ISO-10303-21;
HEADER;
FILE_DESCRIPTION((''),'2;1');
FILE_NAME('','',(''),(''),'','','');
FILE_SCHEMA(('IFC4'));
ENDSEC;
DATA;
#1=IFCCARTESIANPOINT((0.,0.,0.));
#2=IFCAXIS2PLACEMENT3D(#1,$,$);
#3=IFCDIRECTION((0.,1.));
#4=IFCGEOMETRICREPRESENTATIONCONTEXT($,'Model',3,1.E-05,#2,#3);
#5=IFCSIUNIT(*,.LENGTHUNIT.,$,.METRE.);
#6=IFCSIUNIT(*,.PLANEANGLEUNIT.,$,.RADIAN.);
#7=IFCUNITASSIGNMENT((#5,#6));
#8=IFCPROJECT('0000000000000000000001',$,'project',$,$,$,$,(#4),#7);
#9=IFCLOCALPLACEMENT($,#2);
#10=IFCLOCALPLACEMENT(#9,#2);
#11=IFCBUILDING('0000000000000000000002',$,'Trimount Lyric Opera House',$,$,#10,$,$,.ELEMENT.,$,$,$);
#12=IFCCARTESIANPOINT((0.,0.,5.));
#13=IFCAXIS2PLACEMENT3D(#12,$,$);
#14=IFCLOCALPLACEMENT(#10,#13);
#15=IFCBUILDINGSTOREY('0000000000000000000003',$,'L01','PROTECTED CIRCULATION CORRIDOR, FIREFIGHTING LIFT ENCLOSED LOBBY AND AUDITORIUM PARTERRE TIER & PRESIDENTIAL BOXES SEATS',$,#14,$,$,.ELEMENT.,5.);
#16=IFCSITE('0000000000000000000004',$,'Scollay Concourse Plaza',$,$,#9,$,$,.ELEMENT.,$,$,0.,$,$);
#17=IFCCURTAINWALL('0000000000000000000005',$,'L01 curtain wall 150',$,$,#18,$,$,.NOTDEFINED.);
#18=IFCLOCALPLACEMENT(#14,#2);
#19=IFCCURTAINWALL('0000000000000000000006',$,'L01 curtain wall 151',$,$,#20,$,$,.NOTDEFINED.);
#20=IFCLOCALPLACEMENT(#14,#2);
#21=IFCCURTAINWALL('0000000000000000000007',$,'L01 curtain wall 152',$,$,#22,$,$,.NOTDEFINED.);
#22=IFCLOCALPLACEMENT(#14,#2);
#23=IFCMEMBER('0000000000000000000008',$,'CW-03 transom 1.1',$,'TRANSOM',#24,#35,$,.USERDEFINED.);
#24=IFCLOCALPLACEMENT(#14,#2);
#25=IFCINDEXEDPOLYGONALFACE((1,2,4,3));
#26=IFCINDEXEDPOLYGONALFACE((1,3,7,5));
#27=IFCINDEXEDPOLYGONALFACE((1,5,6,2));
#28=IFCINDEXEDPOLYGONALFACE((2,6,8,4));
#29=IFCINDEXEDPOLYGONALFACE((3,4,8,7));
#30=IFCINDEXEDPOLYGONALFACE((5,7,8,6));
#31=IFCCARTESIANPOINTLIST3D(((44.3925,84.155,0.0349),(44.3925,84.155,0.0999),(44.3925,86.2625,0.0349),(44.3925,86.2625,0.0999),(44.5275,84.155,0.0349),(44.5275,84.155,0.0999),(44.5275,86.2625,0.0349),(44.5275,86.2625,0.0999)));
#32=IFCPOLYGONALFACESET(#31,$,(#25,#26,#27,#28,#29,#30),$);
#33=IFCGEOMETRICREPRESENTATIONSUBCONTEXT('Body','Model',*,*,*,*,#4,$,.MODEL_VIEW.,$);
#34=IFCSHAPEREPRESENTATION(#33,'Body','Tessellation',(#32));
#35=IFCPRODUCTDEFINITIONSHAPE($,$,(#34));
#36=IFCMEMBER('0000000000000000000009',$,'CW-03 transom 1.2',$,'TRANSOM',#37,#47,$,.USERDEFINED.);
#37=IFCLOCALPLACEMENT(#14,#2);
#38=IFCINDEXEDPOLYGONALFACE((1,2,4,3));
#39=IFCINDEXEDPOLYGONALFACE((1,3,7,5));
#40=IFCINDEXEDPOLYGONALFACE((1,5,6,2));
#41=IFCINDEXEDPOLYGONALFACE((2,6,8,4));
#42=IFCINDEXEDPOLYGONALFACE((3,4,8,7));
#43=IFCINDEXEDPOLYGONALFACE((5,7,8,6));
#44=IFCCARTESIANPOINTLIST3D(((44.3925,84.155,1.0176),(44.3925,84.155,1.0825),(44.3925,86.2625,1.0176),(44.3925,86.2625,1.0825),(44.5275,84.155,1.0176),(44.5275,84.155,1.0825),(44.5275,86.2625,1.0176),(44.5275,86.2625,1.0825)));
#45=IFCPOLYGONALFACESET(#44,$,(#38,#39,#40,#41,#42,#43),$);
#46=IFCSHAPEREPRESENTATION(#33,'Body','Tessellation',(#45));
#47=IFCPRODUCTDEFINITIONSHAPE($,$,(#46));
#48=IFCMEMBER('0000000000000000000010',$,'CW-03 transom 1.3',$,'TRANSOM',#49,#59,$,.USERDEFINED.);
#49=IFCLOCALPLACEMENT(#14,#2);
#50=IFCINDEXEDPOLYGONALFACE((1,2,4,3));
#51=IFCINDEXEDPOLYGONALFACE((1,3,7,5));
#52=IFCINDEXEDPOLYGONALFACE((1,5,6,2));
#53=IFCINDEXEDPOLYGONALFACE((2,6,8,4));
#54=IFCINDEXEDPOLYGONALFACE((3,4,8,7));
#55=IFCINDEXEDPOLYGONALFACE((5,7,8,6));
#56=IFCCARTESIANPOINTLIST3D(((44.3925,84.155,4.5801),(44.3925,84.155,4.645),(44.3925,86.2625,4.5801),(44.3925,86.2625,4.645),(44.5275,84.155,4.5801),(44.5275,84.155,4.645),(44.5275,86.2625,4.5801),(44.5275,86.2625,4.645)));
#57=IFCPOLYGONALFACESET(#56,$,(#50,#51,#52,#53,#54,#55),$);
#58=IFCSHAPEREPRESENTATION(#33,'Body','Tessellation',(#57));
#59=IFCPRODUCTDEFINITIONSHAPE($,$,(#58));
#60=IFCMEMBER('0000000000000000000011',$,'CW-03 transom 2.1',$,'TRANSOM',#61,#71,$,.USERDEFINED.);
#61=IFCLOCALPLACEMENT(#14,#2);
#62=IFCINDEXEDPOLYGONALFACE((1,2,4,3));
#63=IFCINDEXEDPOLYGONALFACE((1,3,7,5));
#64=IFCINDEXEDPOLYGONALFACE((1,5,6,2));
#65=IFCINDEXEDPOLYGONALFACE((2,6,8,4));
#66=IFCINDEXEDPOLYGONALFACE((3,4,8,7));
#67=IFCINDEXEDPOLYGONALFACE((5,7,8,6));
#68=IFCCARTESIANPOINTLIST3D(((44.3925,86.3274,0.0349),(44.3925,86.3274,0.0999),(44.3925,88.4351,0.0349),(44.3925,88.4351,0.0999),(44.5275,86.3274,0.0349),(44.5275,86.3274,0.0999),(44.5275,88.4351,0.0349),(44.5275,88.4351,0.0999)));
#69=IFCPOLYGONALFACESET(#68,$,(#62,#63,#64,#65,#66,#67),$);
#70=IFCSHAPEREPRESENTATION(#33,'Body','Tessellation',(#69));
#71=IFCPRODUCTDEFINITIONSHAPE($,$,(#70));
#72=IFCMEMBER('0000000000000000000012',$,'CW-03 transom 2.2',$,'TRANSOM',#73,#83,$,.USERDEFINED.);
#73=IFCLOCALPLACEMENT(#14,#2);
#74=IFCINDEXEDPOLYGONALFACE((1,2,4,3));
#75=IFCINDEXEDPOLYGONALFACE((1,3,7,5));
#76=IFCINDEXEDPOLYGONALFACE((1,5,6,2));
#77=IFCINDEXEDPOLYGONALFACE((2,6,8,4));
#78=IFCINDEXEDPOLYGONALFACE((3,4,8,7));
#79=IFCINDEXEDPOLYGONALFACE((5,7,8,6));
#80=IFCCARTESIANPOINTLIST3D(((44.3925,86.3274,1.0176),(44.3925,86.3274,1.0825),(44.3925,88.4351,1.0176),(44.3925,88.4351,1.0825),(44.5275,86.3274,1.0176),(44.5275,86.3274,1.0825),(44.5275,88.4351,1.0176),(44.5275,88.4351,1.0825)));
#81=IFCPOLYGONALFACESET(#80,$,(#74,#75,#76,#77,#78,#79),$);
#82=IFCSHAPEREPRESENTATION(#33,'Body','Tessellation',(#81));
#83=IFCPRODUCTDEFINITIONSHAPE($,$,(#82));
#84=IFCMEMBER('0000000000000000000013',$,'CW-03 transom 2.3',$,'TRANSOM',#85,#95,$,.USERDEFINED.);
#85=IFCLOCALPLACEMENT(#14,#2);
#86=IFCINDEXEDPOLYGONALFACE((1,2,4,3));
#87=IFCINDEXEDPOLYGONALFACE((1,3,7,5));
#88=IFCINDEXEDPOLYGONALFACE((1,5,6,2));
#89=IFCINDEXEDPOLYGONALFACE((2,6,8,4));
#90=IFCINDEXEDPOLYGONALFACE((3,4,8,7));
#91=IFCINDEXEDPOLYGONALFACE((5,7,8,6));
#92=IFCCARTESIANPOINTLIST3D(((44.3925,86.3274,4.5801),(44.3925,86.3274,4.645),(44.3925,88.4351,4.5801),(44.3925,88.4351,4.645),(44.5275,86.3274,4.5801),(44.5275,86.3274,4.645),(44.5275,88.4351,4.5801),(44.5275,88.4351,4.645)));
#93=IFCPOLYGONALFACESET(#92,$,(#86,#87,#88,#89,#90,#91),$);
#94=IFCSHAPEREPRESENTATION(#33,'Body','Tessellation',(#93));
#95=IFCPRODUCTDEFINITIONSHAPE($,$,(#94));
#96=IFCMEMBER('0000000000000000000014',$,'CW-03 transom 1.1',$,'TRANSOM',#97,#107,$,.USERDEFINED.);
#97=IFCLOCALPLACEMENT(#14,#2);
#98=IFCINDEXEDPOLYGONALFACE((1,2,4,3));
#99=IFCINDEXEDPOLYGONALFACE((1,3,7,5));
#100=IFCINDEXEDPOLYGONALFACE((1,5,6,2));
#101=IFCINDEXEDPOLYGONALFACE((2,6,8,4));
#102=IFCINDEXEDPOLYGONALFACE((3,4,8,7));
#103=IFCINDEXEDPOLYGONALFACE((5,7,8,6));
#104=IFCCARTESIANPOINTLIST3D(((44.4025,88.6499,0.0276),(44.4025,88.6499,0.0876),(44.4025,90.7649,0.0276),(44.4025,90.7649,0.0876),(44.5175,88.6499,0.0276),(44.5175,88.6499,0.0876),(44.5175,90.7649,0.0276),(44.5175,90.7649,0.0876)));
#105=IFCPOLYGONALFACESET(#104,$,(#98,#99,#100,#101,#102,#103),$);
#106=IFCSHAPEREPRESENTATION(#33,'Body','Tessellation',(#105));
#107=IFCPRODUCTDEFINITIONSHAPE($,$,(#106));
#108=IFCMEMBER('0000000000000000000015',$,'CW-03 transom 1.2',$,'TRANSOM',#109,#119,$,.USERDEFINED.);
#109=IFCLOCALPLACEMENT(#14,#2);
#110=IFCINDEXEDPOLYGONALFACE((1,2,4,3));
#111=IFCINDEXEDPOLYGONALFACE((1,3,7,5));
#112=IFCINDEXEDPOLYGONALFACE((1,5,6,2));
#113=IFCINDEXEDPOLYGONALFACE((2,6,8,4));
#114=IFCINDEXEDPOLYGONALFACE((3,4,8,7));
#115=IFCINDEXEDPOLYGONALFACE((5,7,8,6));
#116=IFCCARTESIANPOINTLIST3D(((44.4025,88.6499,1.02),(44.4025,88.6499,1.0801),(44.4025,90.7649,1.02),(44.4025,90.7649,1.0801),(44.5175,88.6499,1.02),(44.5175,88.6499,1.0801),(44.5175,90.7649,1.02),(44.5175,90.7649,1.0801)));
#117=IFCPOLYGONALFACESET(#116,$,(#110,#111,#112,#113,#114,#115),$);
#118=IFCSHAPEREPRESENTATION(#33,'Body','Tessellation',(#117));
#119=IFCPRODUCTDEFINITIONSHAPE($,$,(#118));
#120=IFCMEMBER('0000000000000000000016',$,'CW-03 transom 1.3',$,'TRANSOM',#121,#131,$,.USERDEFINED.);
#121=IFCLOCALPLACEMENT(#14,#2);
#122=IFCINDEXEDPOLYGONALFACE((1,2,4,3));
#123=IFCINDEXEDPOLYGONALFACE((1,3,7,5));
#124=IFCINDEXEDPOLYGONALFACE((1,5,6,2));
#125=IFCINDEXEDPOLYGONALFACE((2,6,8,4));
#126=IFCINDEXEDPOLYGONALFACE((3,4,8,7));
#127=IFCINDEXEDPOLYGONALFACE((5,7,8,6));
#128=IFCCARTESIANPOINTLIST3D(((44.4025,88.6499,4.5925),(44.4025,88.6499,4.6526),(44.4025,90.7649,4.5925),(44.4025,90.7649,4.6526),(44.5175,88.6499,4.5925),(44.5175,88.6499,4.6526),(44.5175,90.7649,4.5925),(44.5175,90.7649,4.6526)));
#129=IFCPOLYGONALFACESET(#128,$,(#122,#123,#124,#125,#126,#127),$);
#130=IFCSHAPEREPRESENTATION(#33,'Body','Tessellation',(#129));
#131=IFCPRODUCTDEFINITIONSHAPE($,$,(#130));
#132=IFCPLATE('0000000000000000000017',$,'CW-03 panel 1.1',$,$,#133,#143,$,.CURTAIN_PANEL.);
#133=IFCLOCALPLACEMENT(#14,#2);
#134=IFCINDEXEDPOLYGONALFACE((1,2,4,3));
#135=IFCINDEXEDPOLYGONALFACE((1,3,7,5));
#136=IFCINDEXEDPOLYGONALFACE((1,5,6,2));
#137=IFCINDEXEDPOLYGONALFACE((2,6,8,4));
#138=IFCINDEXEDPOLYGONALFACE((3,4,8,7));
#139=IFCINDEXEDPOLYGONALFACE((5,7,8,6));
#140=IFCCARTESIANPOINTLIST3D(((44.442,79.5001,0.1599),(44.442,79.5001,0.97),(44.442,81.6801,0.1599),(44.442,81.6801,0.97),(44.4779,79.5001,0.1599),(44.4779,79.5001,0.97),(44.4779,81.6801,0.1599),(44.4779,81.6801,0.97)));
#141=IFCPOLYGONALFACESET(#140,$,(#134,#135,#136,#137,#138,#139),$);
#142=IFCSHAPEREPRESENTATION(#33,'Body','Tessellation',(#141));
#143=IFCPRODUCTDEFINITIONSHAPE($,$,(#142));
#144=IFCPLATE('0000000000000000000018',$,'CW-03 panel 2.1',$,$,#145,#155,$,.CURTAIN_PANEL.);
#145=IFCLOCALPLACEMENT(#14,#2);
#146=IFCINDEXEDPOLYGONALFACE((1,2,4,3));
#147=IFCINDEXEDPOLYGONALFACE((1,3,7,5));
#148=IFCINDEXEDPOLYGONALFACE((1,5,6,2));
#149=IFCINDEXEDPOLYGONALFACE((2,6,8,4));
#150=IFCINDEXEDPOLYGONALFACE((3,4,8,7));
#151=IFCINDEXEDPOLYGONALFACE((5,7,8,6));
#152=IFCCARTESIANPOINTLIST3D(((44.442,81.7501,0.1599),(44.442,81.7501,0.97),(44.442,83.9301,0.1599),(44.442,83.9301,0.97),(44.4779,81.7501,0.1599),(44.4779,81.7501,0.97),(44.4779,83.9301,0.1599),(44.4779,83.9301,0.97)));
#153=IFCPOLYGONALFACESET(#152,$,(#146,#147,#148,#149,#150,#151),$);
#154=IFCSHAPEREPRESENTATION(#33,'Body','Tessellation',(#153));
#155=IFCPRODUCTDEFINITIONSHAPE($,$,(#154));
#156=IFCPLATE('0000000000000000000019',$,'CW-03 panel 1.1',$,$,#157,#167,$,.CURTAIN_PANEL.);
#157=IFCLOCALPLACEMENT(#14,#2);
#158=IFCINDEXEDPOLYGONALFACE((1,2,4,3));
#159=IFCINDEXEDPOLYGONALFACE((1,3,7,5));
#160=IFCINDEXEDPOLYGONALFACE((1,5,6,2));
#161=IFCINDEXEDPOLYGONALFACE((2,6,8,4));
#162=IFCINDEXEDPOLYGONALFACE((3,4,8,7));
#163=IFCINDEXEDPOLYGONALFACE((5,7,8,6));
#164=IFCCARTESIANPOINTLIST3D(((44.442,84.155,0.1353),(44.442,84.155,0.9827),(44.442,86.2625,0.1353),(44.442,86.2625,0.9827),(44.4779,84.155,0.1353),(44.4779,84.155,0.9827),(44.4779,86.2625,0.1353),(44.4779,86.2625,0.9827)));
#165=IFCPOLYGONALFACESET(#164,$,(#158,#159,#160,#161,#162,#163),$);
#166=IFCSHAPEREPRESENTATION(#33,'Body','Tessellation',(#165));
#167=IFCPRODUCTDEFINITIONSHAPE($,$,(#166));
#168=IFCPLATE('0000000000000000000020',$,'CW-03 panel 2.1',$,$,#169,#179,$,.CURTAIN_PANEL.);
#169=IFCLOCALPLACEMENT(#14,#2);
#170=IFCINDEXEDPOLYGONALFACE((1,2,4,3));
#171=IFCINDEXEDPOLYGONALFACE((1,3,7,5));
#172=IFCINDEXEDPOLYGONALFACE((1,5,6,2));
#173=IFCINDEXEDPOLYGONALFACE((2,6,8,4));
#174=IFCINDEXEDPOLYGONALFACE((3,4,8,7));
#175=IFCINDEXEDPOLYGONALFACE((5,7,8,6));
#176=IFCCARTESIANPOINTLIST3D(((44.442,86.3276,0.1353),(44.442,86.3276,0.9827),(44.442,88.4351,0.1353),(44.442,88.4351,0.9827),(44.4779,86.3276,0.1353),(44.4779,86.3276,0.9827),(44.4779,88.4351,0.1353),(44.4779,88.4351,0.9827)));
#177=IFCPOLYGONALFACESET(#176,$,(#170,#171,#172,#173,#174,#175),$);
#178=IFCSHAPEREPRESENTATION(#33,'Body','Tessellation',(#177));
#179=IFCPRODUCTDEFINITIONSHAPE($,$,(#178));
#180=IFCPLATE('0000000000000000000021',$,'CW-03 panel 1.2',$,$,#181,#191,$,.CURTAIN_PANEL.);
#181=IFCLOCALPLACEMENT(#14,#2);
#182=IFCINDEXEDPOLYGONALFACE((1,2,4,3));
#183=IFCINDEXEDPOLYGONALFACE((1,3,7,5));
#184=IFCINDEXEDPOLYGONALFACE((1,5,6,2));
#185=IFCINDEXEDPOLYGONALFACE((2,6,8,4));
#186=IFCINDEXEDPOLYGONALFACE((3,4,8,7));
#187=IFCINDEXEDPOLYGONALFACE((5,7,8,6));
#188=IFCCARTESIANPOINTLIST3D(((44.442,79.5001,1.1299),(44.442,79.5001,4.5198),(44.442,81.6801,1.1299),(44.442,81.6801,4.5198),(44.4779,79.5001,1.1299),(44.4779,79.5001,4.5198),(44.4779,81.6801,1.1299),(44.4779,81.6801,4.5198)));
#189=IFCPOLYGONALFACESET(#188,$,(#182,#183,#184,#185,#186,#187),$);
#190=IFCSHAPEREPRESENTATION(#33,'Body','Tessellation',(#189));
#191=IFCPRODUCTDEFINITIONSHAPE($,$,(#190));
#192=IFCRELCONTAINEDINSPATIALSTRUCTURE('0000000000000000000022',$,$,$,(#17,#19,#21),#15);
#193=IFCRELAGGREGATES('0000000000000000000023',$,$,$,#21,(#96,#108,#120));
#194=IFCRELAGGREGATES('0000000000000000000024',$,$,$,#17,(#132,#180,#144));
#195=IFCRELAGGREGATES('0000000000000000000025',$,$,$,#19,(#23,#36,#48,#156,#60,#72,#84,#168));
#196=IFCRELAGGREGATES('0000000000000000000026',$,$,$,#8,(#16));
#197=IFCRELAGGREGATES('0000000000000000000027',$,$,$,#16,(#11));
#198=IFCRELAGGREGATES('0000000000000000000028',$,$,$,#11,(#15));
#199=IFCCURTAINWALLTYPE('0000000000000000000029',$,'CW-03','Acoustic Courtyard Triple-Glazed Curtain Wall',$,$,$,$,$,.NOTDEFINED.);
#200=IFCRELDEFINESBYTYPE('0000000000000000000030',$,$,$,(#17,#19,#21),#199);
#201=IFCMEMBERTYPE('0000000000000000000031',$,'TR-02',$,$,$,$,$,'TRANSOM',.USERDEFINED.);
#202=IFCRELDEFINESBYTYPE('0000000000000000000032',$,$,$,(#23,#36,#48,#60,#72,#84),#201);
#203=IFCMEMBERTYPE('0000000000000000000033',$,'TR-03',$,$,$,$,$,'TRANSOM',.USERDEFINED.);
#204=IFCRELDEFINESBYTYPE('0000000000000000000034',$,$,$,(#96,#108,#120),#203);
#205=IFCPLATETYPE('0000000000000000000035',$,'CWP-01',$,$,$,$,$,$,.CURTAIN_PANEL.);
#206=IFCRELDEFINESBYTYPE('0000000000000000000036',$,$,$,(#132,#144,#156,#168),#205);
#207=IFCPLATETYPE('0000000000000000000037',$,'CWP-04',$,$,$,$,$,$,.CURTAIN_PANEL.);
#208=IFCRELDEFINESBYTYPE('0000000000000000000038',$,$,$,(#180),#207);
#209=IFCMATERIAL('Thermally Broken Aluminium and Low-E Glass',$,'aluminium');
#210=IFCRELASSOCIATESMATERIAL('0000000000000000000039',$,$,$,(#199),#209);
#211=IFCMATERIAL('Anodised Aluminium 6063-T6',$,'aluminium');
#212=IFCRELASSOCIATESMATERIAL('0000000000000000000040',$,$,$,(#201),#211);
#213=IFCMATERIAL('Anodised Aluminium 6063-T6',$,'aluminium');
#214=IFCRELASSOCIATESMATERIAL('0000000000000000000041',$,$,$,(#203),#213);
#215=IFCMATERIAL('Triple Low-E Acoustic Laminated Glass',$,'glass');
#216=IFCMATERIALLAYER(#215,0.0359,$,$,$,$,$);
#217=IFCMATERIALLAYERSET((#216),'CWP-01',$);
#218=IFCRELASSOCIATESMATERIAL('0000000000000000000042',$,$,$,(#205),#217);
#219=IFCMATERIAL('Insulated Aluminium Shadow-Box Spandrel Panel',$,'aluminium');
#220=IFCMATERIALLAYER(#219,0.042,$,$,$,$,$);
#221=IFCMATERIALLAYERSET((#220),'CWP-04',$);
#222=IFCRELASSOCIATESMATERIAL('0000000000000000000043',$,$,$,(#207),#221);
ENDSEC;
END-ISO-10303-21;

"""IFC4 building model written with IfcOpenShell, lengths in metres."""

from ifc_helpers import new_model, si_unit, direction, frame, origin, origin_2d, place, context, subcontext, project, spatial, rectangle, extrude, material, layer, layer_set, material_profile, profile_set, type_object, element, aggregate, save


model = new_model("IFC4")

# Units and contexts
model_context = context("Model", 3, precision=1e-05, world=origin(), true_north=direction((0.0, 1.0)))
body_context = subcontext(model_context, "Body", "Model", "MODEL_VIEW")
ifc_project = project(units=[si_unit("LENGTHUNIT", "METRE"), si_unit("PLANEANGLEUNIT", "RADIAN")], contexts=[model_context])

# Site, building, storey
site_placement = place(None, origin())
site = spatial("IfcSite", under=ifc_project, at=site_placement, Name="Scollay Concourse Plaza", CompositionType="ELEMENT", RefElevation=0.0)
building_placement = place(site_placement, origin())
building = spatial("IfcBuilding", under=site, at=building_placement, Name="Trimount Lyric Opera House", CompositionType="ELEMENT")
storey_placement = place(building_placement, frame((0.0, 0.0, 5.0)))
storey = spatial("IfcBuildingStorey", under=building, at=storey_placement, Name="L01", Description="PROTECTED CIRCULATION CORRIDOR, FIREFIGHTING LIFT ENCLOSED LOBBY AND AUDITORIUM PARTERRE TIER & PRESIDENTIAL BOXES SEATS", CompositionType="ELEMENT", Elevation=5.0)

# Curtain walls
ifc_material_1 = material(Name="Thermally Broken Aluminium and Low-E Glass", Category="aluminium")
curtain_wall_type = type_object("IfcCurtainWallType", Name="CW-03", Description="Acoustic Courtyard Triple-Glazed Curtain Wall", PredefinedType="NOTDEFINED", material=ifc_material_1)
curtain_wall_1_placement = place(storey_placement, origin())
curtain_wall_1 = element("IfcCurtainWall", 1, at=curtain_wall_1_placement, inside=storey, type_object=curtain_wall_type, Name="L01 curtain wall 150", PredefinedType="NOTDEFINED")
curtain_wall_2_placement = place(storey_placement, origin())
curtain_wall_2 = element("IfcCurtainWall", 2, at=curtain_wall_2_placement, inside=storey, type_object=curtain_wall_type, Name="L01 curtain wall 151", PredefinedType="NOTDEFINED")

# Curtain wall
curtain_wall_3_placement = place(storey_placement, origin())
curtain_wall_3 = element("IfcCurtainWall", 3, at=curtain_wall_3_placement, inside=storey, type_object=curtain_wall_type, Name="L01 curtain wall 152", PredefinedType="NOTDEFINED")

# Members
ifc_material_2 = material(Name="Anodised Aluminium 6063-T6", Category="aluminium")
ifc_material_profile_1 = material_profile(ifc_material_2, rectangle(XDim=0.135, YDim=0.0649, at=origin_2d()), Name="ALU-TRAN-65X135")
ifc_profile_set_1 = profile_set([ifc_material_profile_1], Name="Anodised Aluminium 6063-T6")
member_type_1 = type_object("IfcMemberType", Name="TR-02", ElementType="TRANSOM", PredefinedType="USERDEFINED", material=ifc_profile_set_1)
member_1_placement = place(storey_placement, frame((44.46, 84.155, 0.0674), z_axis=(0.0, 1.0, 0.0), x_axis=(-1.0, 0.0, 0.0)))
member_1 = element("IfcMember", 4, at=member_1_placement, type_object=member_type_1, Name="CW-03 transom 1.1", ObjectType="TRANSOM", PredefinedType="USERDEFINED", context=body_context, shape_type="SweptSolid", body=[
    extrude(rectangle(XDim=0.135, YDim=0.0649, at=origin_2d()), origin(), (0.0, 0.0, 1.0), 2.1074),
])
member_2_placement = place(storey_placement, frame((44.46, 84.155, 1.05), z_axis=(0.0, 1.0, 0.0), x_axis=(-1.0, 0.0, 0.0)))
member_2 = element("IfcMember", 5, at=member_2_placement, type_object=member_type_1, Name="CW-03 transom 1.2", ObjectType="TRANSOM", PredefinedType="USERDEFINED", context=body_context, shape_type="SweptSolid", body=[
    extrude(rectangle(XDim=0.135, YDim=0.0649, at=origin_2d()), origin(), (0.0, 0.0, 1.0), 2.1074),
])
member_3_placement = place(storey_placement, frame((44.46, 84.155, 4.6125), z_axis=(0.0, 1.0, 0.0), x_axis=(-1.0, 0.0, 0.0)))
member_3 = element("IfcMember", 6, at=member_3_placement, type_object=member_type_1, Name="CW-03 transom 1.3", ObjectType="TRANSOM", PredefinedType="USERDEFINED", context=body_context, shape_type="SweptSolid", body=[
    extrude(rectangle(XDim=0.135, YDim=0.0649, at=origin_2d()), origin(), (0.0, 0.0, 1.0), 2.1074),
])
member_4_placement = place(storey_placement, frame((44.46, 86.3274, 0.0674), z_axis=(0.0, 1.0, 0.0), x_axis=(-1.0, 0.0, 0.0)))
member_4 = element("IfcMember", 7, at=member_4_placement, type_object=member_type_1, Name="CW-03 transom 2.1", ObjectType="TRANSOM", PredefinedType="USERDEFINED", context=body_context, shape_type="SweptSolid", body=[
    extrude(rectangle(XDim=0.135, YDim=0.0649, at=origin_2d()), origin(), (0.0, 0.0, 1.0), 2.1077),
])
member_5_placement = place(storey_placement, frame((44.46, 86.3274, 1.05), z_axis=(0.0, 1.0, 0.0), x_axis=(-1.0, 0.0, 0.0)))
member_5 = element("IfcMember", 8, at=member_5_placement, type_object=member_type_1, Name="CW-03 transom 2.2", ObjectType="TRANSOM", PredefinedType="USERDEFINED", context=body_context, shape_type="SweptSolid", body=[
    extrude(rectangle(XDim=0.135, YDim=0.0649, at=origin_2d()), origin(), (0.0, 0.0, 1.0), 2.1077),
])
member_6_placement = place(storey_placement, frame((44.46, 86.3274, 4.6125), z_axis=(0.0, 1.0, 0.0), x_axis=(-1.0, 0.0, 0.0)))
member_6 = element("IfcMember", 9, at=member_6_placement, type_object=member_type_1, Name="CW-03 transom 2.3", ObjectType="TRANSOM", PredefinedType="USERDEFINED", context=body_context, shape_type="SweptSolid", body=[
    extrude(rectangle(XDim=0.135, YDim=0.0649, at=origin_2d()), origin(), (0.0, 0.0, 1.0), 2.1077),
])
ifc_material_3 = material(Name="Anodised Aluminium 6063-T6", Category="aluminium")
ifc_material_profile_2 = material_profile(ifc_material_3, rectangle(XDim=0.115, YDim=0.0601, at=origin_2d()), Name="ALU-TRAN-60X115")
ifc_profile_set_2 = profile_set([ifc_material_profile_2], Name="Anodised Aluminium 6063-T6")
member_type_2 = type_object("IfcMemberType", Name="TR-03", ElementType="TRANSOM", PredefinedType="USERDEFINED", material=ifc_profile_set_2)
member_7_placement = place(storey_placement, frame((44.46, 88.6499, 0.0576), z_axis=(0.0, 1.0, 0.0), x_axis=(-1.0, 0.0, 0.0)))
member_7 = element("IfcMember", 10, at=member_7_placement, type_object=member_type_2, Name="CW-03 transom 1.1", ObjectType="TRANSOM", PredefinedType="USERDEFINED", context=body_context, shape_type="SweptSolid", body=[
    extrude(rectangle(XDim=0.115, YDim=0.0601, at=origin_2d()), origin(), (0.0, 0.0, 1.0), 2.115),
])
member_8_placement = place(storey_placement, frame((44.46, 88.6499, 1.05), z_axis=(0.0, 1.0, 0.0), x_axis=(-1.0, 0.0, 0.0)))
member_8 = element("IfcMember", 11, at=member_8_placement, type_object=member_type_2, Name="CW-03 transom 1.2", ObjectType="TRANSOM", PredefinedType="USERDEFINED", context=body_context, shape_type="SweptSolid", body=[
    extrude(rectangle(XDim=0.115, YDim=0.0601, at=origin_2d()), origin(), (0.0, 0.0, 1.0), 2.115),
])
member_9_placement = place(storey_placement, frame((44.46, 88.6499, 4.6226), z_axis=(0.0, 1.0, 0.0), x_axis=(-1.0, 0.0, 0.0)))
member_9 = element("IfcMember", 12, at=member_9_placement, type_object=member_type_2, Name="CW-03 transom 1.3", ObjectType="TRANSOM", PredefinedType="USERDEFINED", context=body_context, shape_type="SweptSolid", body=[
    extrude(rectangle(XDim=0.115, YDim=0.0601, at=origin_2d()), origin(), (0.0, 0.0, 1.0), 2.115),
])
aggregate(curtain_wall_3, [member_7, member_8, member_9])

# Plates
ifc_material_4 = material(Name="Triple Low-E Acoustic Laminated Glass", Category="glass")
ifc_layer_1 = layer(ifc_material_4, 0.0359)
ifc_layer_set_1 = layer_set([ifc_layer_1], Name="CWP-01")
plate_type_1 = type_object("IfcPlateType", Name="CWP-01", PredefinedType="CURTAIN_PANEL", material=ifc_layer_set_1)
plate_1_placement = place(storey_placement, frame((44.46, 80.5901, 0.1599), z_axis=(0.0, 0.0, 1.0), x_axis=(0.0, 1.0, 0.0)))
plate_1 = element("IfcPlate", 13, at=plate_1_placement, type_object=plate_type_1, Name="CW-03 panel 1.1", PredefinedType="CURTAIN_PANEL", context=body_context, shape_type="SweptSolid", body=[
    extrude(rectangle(XDim=2.1799, YDim=0.0359, at=origin_2d()), origin(), (0.0, 0.0, 1.0), 0.8101),
])
plate_2_placement = place(storey_placement, frame((44.46, 82.8401, 0.1599), z_axis=(0.0, 0.0, 1.0), x_axis=(0.0, 1.0, 0.0)))
plate_2 = element("IfcPlate", 14, at=plate_2_placement, type_object=plate_type_1, Name="CW-03 panel 2.1", PredefinedType="CURTAIN_PANEL", context=body_context, shape_type="SweptSolid", body=[
    extrude(rectangle(XDim=2.1799, YDim=0.0359, at=origin_2d()), origin(), (0.0, 0.0, 1.0), 0.8101),
])
plate_3_placement = place(storey_placement, frame((44.46, 85.2087, 0.1353), z_axis=(0.0, 0.0, 1.0), x_axis=(0.0, 1.0, 0.0)))
plate_3 = element("IfcPlate", 15, at=plate_3_placement, type_object=plate_type_1, Name="CW-03 panel 1.1", PredefinedType="CURTAIN_PANEL", context=body_context, shape_type="SweptSolid", body=[
    extrude(rectangle(XDim=2.1074, YDim=0.0359, at=origin_2d()), origin(), (0.0, 0.0, 1.0), 0.8474),
])
plate_4_placement = place(storey_placement, frame((44.46, 87.3813, 0.1353), z_axis=(0.0, 0.0, 1.0), x_axis=(0.0, 1.0, 0.0)))
plate_4 = element("IfcPlate", 16, at=plate_4_placement, type_object=plate_type_1, Name="CW-03 panel 2.1", PredefinedType="CURTAIN_PANEL", context=body_context, shape_type="SweptSolid", body=[
    extrude(rectangle(XDim=2.1074, YDim=0.0359, at=origin_2d()), origin(), (0.0, 0.0, 1.0), 0.8474),
])
ifc_material_5 = material(Name="Insulated Aluminium Shadow-Box Spandrel Panel", Category="aluminium")
ifc_layer_2 = layer(ifc_material_5, 0.042)
ifc_layer_set_2 = layer_set([ifc_layer_2], Name="CWP-04")
plate_type_2 = type_object("IfcPlateType", Name="CWP-04", PredefinedType="CURTAIN_PANEL", material=ifc_layer_set_2)
plate_5_placement = place(storey_placement, frame((44.46, 80.5901, 1.1299), z_axis=(0.0, 0.0, 1.0), x_axis=(0.0, 1.0, 0.0)))
plate_5 = element("IfcPlate", 17, at=plate_5_placement, type_object=plate_type_2, Name="CW-03 panel 1.2", PredefinedType="CURTAIN_PANEL", context=body_context, shape_type="SweptSolid", body=[
    extrude(rectangle(XDim=2.1799, YDim=0.0359, at=origin_2d()), origin(), (0.0, 0.0, 1.0), 3.3899),
])
aggregate(curtain_wall_1, [plate_1, plate_5, plate_2])
aggregate(curtain_wall_2, [member_1, member_2, member_3, plate_3, member_4, member_5, member_6, plate_4])

save(model, "model.ifc")
